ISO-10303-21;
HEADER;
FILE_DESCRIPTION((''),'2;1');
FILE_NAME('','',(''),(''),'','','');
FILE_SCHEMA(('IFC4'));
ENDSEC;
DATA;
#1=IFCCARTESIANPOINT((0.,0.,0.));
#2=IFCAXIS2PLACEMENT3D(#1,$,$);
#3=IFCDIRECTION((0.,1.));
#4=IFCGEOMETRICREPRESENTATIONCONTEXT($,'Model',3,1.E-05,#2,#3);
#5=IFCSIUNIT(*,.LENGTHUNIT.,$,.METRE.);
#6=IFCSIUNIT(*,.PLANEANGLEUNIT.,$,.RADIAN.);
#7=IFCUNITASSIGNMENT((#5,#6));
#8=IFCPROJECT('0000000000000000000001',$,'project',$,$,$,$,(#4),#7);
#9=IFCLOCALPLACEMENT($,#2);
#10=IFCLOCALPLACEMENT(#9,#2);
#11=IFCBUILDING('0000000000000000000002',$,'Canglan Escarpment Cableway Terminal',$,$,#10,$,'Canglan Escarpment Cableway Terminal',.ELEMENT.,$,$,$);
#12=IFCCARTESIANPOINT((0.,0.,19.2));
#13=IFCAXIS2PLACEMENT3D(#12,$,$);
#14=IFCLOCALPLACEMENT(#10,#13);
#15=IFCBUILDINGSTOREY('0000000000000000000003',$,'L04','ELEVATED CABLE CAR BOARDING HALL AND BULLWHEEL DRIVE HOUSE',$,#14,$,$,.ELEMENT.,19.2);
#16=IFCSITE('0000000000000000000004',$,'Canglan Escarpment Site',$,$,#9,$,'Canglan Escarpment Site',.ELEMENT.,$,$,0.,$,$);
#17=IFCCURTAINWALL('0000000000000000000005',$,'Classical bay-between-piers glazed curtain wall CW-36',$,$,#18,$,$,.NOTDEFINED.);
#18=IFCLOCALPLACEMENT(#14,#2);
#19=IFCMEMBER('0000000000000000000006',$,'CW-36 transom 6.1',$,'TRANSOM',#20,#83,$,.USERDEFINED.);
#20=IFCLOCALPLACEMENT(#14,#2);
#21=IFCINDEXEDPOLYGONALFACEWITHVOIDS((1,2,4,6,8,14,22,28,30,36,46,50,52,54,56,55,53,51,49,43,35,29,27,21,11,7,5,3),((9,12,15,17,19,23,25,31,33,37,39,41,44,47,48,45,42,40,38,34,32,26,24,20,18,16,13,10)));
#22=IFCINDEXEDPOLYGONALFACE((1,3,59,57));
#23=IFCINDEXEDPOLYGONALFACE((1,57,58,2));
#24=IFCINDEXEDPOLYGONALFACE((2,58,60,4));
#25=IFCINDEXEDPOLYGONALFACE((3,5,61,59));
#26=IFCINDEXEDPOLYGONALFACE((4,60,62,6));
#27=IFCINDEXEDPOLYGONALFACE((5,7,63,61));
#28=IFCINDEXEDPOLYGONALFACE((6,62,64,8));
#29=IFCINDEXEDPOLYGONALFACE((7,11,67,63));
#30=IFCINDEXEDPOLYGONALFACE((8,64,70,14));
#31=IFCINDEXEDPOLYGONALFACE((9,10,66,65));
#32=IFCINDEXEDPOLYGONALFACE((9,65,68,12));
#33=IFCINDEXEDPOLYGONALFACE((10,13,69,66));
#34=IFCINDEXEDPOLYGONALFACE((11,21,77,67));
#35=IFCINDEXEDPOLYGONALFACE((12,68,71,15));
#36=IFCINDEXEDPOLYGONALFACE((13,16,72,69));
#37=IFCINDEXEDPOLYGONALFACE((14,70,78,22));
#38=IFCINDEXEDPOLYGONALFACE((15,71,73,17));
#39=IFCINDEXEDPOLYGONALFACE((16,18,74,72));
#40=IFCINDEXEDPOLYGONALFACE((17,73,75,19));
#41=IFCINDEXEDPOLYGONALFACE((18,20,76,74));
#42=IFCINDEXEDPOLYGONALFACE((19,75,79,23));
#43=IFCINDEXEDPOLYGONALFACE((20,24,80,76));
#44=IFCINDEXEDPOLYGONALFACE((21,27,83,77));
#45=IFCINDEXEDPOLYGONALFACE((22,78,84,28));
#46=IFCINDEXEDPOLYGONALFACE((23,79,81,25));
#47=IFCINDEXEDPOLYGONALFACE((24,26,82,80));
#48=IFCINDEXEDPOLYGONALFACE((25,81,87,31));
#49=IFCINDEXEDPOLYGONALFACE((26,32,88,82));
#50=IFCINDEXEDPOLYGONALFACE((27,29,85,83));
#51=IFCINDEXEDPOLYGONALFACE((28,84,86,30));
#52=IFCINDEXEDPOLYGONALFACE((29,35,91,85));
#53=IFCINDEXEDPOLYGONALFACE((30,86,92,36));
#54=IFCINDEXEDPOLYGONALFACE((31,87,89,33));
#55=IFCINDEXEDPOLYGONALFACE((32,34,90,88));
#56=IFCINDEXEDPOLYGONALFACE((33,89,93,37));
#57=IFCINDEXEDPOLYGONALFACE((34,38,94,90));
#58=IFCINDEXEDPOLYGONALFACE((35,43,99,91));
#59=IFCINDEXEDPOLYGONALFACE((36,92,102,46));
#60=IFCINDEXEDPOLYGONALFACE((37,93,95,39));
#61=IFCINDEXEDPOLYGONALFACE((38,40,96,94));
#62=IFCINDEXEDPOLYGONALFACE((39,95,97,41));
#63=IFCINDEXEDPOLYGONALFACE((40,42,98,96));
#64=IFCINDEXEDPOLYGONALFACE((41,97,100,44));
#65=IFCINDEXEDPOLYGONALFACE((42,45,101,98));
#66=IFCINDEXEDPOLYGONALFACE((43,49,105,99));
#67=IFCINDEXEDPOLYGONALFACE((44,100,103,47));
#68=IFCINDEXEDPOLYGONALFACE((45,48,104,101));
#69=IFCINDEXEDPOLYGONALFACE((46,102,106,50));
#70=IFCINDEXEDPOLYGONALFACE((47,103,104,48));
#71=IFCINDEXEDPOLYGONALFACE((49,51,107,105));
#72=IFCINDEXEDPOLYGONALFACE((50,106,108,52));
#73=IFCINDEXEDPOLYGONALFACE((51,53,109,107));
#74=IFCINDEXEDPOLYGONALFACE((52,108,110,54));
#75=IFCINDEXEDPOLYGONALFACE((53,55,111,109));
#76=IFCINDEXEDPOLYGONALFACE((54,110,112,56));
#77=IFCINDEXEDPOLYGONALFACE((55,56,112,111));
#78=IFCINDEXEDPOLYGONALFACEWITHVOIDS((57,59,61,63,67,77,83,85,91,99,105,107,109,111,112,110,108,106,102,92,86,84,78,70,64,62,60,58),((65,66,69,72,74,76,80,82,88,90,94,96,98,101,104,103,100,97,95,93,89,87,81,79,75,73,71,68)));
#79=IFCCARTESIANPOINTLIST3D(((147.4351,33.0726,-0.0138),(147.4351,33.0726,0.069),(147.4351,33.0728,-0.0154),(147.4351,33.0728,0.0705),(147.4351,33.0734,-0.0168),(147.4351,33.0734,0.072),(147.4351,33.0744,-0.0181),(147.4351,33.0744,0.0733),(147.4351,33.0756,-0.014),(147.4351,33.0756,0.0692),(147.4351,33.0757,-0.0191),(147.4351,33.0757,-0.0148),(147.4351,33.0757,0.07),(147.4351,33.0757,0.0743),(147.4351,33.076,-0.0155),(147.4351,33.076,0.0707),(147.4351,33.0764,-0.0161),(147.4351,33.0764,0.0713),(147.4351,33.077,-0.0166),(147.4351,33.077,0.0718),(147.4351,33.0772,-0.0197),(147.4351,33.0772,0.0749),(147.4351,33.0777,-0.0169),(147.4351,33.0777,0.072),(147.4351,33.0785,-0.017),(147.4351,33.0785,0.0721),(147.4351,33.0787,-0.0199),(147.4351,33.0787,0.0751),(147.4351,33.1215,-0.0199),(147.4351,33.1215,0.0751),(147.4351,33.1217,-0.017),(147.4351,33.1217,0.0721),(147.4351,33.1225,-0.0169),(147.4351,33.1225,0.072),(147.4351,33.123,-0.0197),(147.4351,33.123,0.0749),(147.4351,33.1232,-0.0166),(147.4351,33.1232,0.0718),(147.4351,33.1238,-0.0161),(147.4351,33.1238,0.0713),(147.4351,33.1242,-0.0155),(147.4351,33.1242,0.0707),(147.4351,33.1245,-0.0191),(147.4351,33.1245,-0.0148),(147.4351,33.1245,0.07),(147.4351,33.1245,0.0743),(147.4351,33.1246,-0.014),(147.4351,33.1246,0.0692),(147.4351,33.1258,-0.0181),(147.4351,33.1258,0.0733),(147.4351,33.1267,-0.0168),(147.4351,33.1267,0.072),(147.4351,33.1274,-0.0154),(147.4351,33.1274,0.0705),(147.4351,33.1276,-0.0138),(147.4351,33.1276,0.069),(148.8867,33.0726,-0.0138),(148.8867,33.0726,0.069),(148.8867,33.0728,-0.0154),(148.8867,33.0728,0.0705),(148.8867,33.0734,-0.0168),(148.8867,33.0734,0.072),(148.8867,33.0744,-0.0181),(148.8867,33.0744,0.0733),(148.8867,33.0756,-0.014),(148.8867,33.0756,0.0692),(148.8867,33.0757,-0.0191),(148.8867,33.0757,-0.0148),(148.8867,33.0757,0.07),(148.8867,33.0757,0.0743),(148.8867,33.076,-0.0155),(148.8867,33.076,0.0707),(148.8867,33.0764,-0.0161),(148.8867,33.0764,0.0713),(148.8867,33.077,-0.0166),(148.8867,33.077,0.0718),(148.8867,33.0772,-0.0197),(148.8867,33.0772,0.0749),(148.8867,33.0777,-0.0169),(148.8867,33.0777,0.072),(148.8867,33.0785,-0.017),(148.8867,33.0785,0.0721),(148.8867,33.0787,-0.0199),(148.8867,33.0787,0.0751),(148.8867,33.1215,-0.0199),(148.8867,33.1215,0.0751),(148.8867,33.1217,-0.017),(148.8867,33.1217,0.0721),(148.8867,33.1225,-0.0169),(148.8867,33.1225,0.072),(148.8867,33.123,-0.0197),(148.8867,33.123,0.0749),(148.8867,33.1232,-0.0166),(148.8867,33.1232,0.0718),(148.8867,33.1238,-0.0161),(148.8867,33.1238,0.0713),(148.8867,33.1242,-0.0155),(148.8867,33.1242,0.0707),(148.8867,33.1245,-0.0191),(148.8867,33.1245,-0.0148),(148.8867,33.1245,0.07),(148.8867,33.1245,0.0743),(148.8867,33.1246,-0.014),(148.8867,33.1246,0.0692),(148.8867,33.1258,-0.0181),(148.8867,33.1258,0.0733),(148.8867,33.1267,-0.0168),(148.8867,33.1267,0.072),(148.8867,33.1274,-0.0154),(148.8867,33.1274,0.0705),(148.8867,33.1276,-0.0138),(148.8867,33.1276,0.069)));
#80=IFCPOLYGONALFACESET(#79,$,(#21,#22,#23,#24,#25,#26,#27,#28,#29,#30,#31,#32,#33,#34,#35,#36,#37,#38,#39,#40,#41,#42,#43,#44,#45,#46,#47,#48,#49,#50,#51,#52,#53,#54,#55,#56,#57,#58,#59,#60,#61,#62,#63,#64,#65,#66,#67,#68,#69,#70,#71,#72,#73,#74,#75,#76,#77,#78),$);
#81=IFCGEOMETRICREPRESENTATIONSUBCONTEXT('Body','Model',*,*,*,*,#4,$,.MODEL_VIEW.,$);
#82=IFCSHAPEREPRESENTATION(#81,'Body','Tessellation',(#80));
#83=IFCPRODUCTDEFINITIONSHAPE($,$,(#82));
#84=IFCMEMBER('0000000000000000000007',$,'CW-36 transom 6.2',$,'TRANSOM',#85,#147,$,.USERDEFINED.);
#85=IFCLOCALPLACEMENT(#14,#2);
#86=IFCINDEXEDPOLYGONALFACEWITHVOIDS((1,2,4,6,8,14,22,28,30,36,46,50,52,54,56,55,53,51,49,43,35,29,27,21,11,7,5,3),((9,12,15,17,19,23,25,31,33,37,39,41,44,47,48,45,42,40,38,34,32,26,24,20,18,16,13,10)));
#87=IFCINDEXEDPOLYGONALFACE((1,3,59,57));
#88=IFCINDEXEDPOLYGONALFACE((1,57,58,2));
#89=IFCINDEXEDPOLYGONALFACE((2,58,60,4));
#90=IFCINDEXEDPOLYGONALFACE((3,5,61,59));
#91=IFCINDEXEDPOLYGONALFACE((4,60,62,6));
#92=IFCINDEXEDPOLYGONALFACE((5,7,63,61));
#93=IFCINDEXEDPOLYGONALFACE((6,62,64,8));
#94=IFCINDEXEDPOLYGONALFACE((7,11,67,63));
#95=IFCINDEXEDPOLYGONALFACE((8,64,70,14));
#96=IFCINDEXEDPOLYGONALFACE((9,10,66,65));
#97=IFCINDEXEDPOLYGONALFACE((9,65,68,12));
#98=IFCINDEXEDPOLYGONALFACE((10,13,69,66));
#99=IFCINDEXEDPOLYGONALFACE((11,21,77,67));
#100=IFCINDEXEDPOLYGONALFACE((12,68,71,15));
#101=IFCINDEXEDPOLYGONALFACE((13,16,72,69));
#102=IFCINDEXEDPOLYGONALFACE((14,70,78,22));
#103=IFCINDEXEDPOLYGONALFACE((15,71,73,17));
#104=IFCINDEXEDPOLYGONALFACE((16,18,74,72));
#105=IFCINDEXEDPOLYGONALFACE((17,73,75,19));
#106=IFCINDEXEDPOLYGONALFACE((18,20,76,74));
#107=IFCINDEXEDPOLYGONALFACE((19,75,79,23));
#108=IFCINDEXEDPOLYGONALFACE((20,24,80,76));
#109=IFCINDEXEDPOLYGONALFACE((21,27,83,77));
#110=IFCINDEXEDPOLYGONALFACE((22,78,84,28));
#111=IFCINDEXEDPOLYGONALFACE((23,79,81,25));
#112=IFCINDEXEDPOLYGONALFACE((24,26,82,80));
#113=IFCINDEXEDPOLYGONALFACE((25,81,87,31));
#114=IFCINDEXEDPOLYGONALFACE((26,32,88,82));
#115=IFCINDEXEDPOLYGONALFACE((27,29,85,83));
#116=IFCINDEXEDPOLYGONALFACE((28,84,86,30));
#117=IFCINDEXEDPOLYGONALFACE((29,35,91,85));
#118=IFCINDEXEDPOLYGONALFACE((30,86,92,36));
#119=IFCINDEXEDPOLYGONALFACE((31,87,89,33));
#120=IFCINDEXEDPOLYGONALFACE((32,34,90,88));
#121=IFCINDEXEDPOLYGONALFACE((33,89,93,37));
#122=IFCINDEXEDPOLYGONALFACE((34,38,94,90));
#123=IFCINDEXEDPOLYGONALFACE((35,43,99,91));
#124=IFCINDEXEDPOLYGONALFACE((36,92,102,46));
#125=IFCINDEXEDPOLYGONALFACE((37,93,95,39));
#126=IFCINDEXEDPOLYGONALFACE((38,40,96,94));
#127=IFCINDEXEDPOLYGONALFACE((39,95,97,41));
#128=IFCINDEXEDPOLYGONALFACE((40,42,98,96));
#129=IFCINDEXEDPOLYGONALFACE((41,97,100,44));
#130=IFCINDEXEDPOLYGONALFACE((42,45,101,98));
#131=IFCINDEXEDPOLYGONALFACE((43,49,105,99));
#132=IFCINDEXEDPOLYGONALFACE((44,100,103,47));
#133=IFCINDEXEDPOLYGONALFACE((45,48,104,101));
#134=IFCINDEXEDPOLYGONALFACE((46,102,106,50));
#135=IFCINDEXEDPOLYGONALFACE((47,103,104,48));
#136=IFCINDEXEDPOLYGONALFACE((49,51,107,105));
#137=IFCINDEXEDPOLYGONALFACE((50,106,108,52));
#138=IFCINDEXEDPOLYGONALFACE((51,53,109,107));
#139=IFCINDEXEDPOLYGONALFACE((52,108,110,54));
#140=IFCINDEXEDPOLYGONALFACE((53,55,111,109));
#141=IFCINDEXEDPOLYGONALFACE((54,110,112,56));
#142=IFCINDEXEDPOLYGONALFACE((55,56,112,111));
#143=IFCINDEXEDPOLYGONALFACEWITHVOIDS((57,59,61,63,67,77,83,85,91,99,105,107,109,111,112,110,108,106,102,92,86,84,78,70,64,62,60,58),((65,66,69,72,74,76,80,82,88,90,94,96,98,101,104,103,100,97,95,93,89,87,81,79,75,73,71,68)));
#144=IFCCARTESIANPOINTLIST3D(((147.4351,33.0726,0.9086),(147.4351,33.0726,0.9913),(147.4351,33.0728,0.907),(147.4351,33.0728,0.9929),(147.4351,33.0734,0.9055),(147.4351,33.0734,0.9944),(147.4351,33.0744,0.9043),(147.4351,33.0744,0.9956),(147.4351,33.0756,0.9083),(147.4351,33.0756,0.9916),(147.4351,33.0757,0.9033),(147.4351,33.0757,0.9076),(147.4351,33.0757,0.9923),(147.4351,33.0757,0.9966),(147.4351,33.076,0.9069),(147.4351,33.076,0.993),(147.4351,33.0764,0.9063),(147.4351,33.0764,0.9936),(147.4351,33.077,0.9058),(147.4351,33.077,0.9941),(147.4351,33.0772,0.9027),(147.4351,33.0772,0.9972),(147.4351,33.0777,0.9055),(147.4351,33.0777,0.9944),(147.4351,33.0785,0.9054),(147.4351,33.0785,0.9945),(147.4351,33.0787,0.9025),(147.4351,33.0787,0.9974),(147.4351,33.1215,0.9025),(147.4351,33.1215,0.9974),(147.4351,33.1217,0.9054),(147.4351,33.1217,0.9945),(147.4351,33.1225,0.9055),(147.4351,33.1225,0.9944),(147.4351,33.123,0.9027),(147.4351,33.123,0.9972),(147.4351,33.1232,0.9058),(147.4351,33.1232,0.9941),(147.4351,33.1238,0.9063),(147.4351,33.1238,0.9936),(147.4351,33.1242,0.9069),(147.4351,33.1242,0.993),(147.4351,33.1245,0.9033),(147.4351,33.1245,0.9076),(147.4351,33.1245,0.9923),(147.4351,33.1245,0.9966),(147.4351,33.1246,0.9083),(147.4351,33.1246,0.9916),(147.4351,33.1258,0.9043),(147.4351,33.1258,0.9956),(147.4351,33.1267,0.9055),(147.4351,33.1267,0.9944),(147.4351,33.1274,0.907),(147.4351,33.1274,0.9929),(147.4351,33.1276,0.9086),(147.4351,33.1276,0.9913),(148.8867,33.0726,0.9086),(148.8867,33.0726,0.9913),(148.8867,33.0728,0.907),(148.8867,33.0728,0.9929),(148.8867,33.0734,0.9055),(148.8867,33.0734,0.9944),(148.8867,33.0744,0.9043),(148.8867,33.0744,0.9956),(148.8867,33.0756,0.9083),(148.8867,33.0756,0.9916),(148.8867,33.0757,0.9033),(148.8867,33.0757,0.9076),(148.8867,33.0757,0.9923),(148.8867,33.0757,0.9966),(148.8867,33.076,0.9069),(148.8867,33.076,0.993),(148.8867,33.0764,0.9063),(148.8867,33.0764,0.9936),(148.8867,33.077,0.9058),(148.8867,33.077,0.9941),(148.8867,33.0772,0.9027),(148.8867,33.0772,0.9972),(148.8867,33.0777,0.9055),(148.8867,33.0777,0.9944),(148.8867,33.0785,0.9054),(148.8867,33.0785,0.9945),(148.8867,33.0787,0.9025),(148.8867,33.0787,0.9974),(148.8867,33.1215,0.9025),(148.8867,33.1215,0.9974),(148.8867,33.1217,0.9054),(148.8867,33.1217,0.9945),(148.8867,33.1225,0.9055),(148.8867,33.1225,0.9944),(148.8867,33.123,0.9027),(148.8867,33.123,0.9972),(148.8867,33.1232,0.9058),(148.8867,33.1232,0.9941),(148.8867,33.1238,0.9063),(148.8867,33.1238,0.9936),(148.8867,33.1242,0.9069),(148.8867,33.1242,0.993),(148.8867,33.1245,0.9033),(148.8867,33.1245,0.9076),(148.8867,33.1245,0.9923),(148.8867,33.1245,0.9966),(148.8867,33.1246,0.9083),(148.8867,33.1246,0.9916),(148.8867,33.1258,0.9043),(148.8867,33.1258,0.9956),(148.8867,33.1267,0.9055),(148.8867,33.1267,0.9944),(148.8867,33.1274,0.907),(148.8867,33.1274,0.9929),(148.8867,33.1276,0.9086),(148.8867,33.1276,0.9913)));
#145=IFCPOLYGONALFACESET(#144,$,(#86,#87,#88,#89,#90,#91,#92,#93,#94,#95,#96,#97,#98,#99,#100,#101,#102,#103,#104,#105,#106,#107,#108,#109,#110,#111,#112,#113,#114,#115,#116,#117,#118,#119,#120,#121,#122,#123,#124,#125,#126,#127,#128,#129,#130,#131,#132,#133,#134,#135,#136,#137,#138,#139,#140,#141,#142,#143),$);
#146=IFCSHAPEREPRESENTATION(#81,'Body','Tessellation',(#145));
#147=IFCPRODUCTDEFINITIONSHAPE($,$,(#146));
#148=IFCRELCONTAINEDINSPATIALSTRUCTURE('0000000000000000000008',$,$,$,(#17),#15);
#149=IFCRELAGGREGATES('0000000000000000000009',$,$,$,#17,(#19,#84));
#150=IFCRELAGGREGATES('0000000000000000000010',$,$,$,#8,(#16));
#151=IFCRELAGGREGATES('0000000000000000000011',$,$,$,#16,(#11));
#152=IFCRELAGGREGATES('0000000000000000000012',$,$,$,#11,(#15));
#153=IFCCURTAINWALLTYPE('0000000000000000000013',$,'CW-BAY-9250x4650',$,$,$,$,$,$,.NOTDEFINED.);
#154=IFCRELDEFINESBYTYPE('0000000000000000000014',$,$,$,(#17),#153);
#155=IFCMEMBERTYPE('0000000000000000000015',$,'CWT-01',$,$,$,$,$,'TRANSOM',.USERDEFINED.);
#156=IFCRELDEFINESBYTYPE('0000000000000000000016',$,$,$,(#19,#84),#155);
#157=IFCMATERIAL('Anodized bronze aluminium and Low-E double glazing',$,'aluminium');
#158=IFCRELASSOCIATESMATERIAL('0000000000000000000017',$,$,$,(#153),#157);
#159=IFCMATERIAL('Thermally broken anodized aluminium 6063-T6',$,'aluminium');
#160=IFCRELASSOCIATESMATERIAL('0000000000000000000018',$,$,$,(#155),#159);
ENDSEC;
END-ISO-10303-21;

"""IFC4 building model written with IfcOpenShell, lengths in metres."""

from ifc_helpers import new_model, si_unit, direction, frame, origin, origin_2d, place, context, subcontext, project, spatial, hollow_rectangle, extrude, material, material_profile, profile_set, type_object, element, aggregate, save


model = new_model("IFC4")

# Units and contexts
model_context = context("Model", 3, precision=1e-05, world=origin(), true_north=direction((0.0, 1.0)))
body_context = subcontext(model_context, "Body", "Model", "MODEL_VIEW")
ifc_project = project(units=[si_unit("LENGTHUNIT", "METRE"), si_unit("PLANEANGLEUNIT", "RADIAN")], contexts=[model_context])

# Site, building, storey
site_placement = place(None, origin())
site = spatial("IfcSite", under=ifc_project, at=site_placement, Name="Canglan Escarpment Site", LongName="Canglan Escarpment Site", CompositionType="ELEMENT", RefElevation=0.0)
building_placement = place(site_placement, origin())
building = spatial("IfcBuilding", under=site, at=building_placement, Name="Canglan Escarpment Cableway Terminal", LongName="Canglan Escarpment Cableway Terminal", CompositionType="ELEMENT")
storey_placement = place(building_placement, frame((0.0, 0.0, 19.2)))
storey = spatial("IfcBuildingStorey", under=building, at=storey_placement, Name="L04", Description="ELEVATED CABLE CAR BOARDING HALL AND BULLWHEEL DRIVE HOUSE", CompositionType="ELEMENT", Elevation=19.2)

# Curtain wall
ifc_material_1 = material(Name="Anodized bronze aluminium and Low-E double glazing", Category="aluminium")
curtain_wall_type_1 = type_object("IfcCurtainWallType", Name="CW-BAY-9250x4650", PredefinedType="NOTDEFINED", material=ifc_material_1)
curtain_wall_1_placement = place(storey_placement, origin())
curtain_wall_1 = element("IfcCurtainWall", 1, at=curtain_wall_1_placement, inside=storey, type_object=curtain_wall_type_1, Name="Classical bay-between-piers glazed curtain wall CW-36", PredefinedType="NOTDEFINED")
ifc_material_2 = material(Name="Thermally broken anodized aluminium 6063-T6", Category="aluminium")

# Members
ifc_material_profile_1 = material_profile(ifc_material_2, hollow_rectangle(XDim=0.0549, YDim=0.095, WallThickness=0.0029, InnerFilletRadius=0.0029, OuterFilletRadius=0.0061, at=origin_2d()), Name="ALU-TRAN 55x95x3")
ifc_profile_set_1 = profile_set([ifc_material_profile_1], Name="Thermally broken anodized aluminium 6063-T6")
member_type_1 = type_object("IfcMemberType", Name="CWT-01", ElementType="TRANSOM", PredefinedType="USERDEFINED", material=ifc_profile_set_1)
member_1_placement = place(storey_placement, frame((148.8867, 33.1001, 0.0276), z_axis=(-1.0, 0.0, 0.0), x_axis=(0.0, -1.0, 0.0)))
member_1 = element("IfcMember", 2, at=member_1_placement, type_object=member_type_1, Name="CW-36 transom 6.1", ObjectType="TRANSOM", PredefinedType="USERDEFINED", context=body_context, shape_type="SweptSolid", body=[
    extrude(hollow_rectangle(XDim=0.0549, YDim=0.095, WallThickness=0.0029, InnerFilletRadius=0.0029, OuterFilletRadius=0.0061, at=origin_2d()), origin(), (0.0, 0.0, 1.0), 1.4517),
])
member_2_placement = place(storey_placement, frame((148.8867, 33.1001, 0.95), z_axis=(-1.0, 0.0, 0.0), x_axis=(0.0, -1.0, 0.0)))
member_2 = element("IfcMember", 3, at=member_2_placement, type_object=member_type_1, Name="CW-36 transom 6.2", ObjectType="TRANSOM", PredefinedType="USERDEFINED", context=body_context, shape_type="SweptSolid", body=[
    extrude(hollow_rectangle(XDim=0.0549, YDim=0.095, WallThickness=0.0029, InnerFilletRadius=0.0029, OuterFilletRadius=0.0061, at=origin_2d()), origin(), (0.0, 0.0, 1.0), 1.4517),
])

aggregate(curtain_wall_1, [member_1, member_2])

save(model, "model.ifc")
